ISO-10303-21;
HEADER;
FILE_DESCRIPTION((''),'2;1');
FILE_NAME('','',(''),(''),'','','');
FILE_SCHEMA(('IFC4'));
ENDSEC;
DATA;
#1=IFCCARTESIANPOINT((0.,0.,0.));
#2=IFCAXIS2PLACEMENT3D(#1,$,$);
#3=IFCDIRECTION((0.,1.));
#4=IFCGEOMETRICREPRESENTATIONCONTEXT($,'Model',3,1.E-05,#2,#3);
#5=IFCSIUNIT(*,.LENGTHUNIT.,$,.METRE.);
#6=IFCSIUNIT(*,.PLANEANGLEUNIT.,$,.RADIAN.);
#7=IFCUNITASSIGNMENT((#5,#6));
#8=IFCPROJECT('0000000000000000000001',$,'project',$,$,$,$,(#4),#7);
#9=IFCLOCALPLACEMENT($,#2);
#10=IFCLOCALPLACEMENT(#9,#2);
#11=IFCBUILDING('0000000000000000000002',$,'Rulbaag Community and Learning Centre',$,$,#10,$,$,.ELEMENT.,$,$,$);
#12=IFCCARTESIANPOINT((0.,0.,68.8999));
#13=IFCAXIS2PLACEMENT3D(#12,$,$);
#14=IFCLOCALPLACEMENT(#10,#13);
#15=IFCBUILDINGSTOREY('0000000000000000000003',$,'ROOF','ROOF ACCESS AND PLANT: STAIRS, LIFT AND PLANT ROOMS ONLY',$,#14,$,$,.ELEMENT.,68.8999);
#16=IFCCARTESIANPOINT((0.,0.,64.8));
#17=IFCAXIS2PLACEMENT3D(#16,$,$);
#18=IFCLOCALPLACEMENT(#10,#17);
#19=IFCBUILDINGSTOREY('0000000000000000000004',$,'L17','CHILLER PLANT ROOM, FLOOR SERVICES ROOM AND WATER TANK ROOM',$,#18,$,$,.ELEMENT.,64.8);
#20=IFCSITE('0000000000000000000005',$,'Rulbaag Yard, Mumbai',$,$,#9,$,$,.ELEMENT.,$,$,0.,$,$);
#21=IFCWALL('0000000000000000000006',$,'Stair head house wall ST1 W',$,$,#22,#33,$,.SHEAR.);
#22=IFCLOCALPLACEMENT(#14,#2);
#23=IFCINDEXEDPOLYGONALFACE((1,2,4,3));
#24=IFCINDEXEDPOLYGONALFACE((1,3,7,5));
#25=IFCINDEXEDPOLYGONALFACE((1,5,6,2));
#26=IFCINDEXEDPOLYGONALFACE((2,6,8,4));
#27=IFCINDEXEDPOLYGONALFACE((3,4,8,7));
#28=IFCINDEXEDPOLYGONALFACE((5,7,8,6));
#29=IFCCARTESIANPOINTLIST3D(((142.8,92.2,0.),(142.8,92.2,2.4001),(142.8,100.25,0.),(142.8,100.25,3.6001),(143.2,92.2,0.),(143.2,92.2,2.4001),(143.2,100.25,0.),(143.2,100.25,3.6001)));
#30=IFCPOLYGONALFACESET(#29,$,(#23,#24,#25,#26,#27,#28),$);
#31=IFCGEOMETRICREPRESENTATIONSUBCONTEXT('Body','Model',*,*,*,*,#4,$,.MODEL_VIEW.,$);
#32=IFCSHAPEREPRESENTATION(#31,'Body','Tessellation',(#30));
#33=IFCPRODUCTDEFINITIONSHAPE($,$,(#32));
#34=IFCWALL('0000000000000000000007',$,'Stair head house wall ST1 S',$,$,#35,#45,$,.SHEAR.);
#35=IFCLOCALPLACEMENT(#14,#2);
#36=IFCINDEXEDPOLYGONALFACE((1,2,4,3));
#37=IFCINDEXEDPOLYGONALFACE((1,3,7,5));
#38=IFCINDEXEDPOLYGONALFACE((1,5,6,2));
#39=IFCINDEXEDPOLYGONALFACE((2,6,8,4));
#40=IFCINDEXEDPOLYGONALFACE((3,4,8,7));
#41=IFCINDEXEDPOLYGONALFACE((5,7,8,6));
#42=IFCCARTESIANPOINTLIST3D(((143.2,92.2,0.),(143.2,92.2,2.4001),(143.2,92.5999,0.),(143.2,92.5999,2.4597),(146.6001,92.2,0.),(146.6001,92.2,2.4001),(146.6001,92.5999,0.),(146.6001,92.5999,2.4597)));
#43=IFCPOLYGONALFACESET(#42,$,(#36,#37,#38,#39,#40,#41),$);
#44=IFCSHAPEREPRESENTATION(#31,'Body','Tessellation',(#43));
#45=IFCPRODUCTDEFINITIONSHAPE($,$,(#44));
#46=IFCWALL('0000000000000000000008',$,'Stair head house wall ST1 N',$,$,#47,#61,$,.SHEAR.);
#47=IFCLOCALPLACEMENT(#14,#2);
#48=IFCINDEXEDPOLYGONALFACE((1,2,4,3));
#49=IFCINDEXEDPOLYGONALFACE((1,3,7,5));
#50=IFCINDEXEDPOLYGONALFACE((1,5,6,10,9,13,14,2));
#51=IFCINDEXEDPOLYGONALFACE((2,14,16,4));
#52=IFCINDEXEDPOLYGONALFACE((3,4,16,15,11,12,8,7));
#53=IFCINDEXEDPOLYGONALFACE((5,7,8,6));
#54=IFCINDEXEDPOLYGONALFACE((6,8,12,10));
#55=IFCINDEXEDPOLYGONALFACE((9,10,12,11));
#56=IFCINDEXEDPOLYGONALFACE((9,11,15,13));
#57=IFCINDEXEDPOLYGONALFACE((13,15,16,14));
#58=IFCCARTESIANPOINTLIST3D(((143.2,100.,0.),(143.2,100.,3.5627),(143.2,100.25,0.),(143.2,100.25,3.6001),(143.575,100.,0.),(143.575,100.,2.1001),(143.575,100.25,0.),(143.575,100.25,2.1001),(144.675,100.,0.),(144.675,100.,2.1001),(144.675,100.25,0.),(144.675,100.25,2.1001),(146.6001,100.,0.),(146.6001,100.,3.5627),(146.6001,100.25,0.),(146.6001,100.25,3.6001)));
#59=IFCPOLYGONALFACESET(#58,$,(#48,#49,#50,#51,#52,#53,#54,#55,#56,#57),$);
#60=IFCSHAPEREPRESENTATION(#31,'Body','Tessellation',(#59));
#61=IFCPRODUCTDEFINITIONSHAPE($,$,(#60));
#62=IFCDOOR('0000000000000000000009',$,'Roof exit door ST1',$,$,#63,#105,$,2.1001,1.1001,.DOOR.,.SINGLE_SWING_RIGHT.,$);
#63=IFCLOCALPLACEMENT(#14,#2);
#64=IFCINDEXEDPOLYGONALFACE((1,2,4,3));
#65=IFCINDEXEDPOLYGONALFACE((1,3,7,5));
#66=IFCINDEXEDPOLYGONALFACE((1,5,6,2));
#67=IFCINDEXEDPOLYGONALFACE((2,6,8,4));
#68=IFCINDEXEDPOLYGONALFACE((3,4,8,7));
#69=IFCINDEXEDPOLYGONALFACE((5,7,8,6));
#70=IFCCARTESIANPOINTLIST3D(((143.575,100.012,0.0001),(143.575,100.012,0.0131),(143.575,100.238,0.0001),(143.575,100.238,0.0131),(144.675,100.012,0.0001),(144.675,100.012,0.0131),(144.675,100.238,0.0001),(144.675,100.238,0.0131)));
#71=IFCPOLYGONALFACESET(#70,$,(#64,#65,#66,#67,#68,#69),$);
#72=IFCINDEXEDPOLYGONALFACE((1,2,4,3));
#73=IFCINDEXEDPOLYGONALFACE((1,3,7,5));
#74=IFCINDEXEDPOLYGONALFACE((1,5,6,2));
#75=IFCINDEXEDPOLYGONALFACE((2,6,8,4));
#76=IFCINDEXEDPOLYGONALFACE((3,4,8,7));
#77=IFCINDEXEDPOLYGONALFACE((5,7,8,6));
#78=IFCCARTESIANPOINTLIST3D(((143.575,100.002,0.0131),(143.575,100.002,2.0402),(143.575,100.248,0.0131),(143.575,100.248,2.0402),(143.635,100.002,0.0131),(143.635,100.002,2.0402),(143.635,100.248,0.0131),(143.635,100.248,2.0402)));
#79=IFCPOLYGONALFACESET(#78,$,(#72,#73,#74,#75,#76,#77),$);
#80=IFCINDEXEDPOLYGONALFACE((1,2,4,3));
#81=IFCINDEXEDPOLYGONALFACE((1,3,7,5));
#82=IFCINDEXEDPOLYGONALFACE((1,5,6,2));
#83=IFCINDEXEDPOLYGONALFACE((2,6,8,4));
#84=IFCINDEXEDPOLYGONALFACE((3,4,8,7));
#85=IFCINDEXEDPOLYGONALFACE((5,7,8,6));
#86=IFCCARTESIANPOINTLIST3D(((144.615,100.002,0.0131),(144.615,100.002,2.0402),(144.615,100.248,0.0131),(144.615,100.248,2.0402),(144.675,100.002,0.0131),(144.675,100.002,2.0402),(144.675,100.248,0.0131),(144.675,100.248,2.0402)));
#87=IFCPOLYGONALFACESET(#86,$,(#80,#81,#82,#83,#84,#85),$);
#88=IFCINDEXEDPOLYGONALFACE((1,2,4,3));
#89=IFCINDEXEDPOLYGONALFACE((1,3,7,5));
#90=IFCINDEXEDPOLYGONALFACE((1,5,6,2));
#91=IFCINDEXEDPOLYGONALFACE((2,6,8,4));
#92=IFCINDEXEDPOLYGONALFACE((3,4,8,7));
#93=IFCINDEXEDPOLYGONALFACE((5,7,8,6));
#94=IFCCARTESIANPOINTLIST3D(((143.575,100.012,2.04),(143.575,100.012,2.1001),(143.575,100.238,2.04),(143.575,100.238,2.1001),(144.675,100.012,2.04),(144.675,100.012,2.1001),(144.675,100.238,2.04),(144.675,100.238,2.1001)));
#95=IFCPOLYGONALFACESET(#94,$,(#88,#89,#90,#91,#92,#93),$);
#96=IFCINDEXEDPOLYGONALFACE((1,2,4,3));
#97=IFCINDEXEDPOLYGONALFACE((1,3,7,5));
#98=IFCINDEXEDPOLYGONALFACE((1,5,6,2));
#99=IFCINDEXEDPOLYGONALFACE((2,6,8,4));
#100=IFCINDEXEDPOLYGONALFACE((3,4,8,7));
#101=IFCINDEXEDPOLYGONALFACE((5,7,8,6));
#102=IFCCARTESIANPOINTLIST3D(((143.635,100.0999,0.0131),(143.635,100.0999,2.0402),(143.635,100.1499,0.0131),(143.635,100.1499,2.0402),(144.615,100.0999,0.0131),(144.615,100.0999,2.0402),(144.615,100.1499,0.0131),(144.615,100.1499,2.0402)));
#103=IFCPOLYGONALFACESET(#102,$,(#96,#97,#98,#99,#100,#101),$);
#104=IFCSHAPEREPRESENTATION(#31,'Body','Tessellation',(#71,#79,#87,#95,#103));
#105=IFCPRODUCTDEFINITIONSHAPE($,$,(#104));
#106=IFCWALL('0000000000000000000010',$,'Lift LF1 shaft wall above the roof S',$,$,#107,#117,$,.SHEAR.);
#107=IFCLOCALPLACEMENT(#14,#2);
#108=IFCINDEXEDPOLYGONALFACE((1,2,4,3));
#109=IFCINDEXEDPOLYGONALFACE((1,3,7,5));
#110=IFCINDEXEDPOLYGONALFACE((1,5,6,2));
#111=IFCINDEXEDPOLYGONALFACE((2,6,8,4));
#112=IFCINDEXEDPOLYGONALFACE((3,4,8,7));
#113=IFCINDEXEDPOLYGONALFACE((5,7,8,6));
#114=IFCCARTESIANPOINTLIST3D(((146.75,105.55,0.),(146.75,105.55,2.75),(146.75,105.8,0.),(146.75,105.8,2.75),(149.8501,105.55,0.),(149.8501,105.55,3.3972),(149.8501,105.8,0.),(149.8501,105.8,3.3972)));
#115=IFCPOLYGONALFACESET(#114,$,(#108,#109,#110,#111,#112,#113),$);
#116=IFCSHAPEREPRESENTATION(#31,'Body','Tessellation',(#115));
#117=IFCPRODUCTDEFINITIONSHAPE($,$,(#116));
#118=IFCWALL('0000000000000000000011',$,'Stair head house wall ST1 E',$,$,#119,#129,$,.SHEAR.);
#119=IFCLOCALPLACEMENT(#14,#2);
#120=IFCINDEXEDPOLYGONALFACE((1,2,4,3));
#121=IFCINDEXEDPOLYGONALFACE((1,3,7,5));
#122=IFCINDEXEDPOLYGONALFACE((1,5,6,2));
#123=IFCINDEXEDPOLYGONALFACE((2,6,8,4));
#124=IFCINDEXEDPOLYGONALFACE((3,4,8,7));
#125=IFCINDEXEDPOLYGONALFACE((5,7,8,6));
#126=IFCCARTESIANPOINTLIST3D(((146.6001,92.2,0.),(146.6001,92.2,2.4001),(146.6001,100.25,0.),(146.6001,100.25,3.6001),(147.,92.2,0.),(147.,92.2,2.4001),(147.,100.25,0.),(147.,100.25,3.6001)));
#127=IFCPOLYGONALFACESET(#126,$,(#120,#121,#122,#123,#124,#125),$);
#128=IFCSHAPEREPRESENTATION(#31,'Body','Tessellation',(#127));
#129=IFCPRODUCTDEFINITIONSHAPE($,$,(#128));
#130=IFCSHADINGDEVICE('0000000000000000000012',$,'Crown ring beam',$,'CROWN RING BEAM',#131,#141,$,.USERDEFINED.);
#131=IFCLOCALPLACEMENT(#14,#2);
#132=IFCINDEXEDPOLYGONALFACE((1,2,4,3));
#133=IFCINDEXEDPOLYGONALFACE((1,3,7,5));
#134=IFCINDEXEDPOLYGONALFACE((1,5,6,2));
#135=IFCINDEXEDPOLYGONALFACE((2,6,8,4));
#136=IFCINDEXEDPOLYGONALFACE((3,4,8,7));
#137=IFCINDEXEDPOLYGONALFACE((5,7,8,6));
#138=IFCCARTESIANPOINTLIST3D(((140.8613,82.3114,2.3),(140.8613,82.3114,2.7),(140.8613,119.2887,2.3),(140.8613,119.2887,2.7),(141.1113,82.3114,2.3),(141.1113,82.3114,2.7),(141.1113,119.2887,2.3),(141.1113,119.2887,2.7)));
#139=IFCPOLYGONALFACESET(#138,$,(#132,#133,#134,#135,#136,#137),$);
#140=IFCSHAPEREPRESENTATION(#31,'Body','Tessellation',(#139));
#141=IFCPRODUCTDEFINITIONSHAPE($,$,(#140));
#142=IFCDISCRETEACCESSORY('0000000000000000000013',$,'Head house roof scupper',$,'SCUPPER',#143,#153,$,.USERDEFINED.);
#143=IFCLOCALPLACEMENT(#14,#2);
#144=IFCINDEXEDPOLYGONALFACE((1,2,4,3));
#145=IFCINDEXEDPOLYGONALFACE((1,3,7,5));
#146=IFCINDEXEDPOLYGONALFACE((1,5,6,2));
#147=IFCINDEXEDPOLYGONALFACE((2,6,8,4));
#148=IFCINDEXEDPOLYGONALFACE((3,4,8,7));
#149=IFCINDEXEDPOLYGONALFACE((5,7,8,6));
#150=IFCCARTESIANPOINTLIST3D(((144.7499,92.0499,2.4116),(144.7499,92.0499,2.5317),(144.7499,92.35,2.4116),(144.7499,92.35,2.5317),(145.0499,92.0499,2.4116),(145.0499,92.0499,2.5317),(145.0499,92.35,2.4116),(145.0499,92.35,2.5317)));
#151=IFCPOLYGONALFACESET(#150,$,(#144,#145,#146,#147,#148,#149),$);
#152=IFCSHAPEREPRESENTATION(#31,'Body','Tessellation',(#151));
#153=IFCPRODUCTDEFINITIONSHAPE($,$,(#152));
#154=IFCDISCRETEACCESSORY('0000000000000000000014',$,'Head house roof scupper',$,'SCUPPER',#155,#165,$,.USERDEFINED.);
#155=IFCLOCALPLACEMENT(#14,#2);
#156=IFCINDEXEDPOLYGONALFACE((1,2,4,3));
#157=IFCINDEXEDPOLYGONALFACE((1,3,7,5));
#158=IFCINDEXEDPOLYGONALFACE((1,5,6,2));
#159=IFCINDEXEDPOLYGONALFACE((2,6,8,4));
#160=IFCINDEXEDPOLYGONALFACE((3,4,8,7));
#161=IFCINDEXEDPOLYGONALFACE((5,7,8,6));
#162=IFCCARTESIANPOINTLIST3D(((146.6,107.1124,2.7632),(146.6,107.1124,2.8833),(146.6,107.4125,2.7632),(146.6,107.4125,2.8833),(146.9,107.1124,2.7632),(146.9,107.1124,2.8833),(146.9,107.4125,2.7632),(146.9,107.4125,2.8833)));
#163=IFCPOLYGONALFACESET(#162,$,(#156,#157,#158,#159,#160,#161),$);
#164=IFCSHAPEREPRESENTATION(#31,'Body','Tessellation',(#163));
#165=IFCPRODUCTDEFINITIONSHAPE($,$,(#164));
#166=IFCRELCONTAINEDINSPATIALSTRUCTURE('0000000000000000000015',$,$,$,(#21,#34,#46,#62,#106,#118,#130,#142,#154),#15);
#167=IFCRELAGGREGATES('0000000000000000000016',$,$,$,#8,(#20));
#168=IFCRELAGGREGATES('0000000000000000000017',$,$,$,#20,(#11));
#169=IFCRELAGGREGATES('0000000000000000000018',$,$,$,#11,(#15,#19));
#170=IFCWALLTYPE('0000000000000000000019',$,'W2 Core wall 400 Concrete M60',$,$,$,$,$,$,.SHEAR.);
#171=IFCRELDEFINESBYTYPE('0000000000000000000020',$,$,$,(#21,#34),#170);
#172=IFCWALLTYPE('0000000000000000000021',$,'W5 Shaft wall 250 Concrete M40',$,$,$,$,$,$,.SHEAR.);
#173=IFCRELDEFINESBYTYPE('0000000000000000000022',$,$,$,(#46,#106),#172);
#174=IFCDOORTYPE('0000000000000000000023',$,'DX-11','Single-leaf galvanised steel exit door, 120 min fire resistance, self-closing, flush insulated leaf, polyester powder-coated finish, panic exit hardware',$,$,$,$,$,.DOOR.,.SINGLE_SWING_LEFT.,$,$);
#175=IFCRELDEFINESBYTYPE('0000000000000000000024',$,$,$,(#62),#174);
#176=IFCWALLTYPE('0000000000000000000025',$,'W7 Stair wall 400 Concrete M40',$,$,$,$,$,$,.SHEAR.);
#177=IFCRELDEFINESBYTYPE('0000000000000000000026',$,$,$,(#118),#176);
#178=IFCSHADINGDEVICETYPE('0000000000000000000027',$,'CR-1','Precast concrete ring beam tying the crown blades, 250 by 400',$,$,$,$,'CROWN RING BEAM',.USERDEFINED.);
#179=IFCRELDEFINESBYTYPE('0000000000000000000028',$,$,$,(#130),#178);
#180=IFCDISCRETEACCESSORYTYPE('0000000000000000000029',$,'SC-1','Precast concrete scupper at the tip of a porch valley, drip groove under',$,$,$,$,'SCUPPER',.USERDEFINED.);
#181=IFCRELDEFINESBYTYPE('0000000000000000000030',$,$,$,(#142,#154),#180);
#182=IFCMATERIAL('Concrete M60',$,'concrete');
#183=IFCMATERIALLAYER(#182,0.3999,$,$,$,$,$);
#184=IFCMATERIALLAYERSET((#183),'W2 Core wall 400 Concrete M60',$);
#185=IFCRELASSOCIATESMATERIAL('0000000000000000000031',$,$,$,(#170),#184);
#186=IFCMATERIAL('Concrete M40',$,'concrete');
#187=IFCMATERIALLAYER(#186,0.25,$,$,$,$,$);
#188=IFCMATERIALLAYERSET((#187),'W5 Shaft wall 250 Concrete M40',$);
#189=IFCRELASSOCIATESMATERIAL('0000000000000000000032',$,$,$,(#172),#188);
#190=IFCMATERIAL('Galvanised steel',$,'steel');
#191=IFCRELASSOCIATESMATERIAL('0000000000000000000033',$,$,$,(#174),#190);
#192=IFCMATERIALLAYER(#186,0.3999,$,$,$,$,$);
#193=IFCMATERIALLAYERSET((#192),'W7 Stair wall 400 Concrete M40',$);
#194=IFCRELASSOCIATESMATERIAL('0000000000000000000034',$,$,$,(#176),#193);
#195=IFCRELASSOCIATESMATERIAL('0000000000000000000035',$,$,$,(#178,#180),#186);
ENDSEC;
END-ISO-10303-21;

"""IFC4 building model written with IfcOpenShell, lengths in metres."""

from ifc_helpers import new_model, si_unit, direction, frame, frame_2d, origin, origin_2d, place, context, subcontext, project, spatial, polyline, rectangle, outline, extrude, material, layer, layer_set, type_object, element, fill, save


model = new_model("IFC4")

# Units and contexts
model_context = context("Model", 3, precision=1e-05, world=origin(), true_north=direction((0.0, 1.0)))
body_context = subcontext(model_context, "Body", "Model", "MODEL_VIEW")
ifc_project = project(units=[si_unit("LENGTHUNIT", "METRE"), si_unit("PLANEANGLEUNIT", "RADIAN")], contexts=[model_context])

# Site, building, storey
site_placement = place(None, origin())
site = spatial("IfcSite", under=ifc_project, at=site_placement, Name="Rulbaag Yard, Mumbai", CompositionType="ELEMENT", RefElevation=0.0)
building_placement = place(site_placement, origin())
building = spatial("IfcBuilding", under=site, at=building_placement, Name="Rulbaag Community and Learning Centre", CompositionType="ELEMENT")
storey_1_placement = place(building_placement, frame((0.0, 0.0, 68.8999)))
storey_1 = spatial("IfcBuildingStorey", under=building, at=storey_1_placement, Name="ROOF", Description="ROOF ACCESS AND PLANT: STAIRS, LIFT AND PLANT ROOMS ONLY", CompositionType="ELEMENT", Elevation=68.8999)

# Shared definitions
ifc_material_1 = material(Name="Concrete M40", Category="concrete")

# Shared definitions
storey_2_placement = place(building_placement, frame((0.0, 0.0, 64.8)))
storey_2 = spatial("IfcBuildingStorey", under=building, at=storey_2_placement, Name="L17", Description="CHILLER PLANT ROOM, FLOOR SERVICES ROOM AND WATER TANK ROOM", CompositionType="ELEMENT", Elevation=64.8)

# Walls
ifc_material_2 = material(Name="Concrete M60", Category="concrete")
ifc_layer_1 = layer(ifc_material_2, 0.3999)
ifc_layer_set_1 = layer_set([ifc_layer_1], Name="W2 Core wall 400 Concrete M60")
wall_type_1 = type_object("IfcWallType", Name="W2 Core wall 400 Concrete M60", PredefinedType="SHEAR", material=ifc_layer_set_1)
wall_1_placement = place(storey_1_placement, frame((143.0, 92.2, 0.0), z_axis=(0.0, 0.0, 1.0), x_axis=(0.0, 1.0, 0.0)))
element("IfcWall", 1, at=wall_1_placement, inside=storey_1, type_object=wall_type_1, Name="Stair head house wall ST1 W", PredefinedType="SHEAR", context=body_context, shape_type="SweptSolid", body=[
    extrude(outline(polyline([(0.0, 0.0), (8.05, 0.0), (8.05, 3.6001), (0.0, 2.4001), (0.0, 0.0)])), frame((0.0, 0.2, 0.0), z_axis=(0.0, -1.0, 0.0), x_axis=(1.0, 0.0, 0.0)), (0.0, 0.0, 1.0), 0.3999),
])
wall_2_placement = place(storey_1_placement, frame((143.2, 92.3999, 0.0), z_axis=(0.0, 0.0, 1.0), x_axis=(1.0, 0.0, 0.0)))
element("IfcWall", 2, at=wall_2_placement, inside=storey_1, type_object=wall_type_1, Name="Stair head house wall ST1 S", PredefinedType="SHEAR", context=body_context, shape_type="SweptSolid", body=[
    extrude(outline(polyline([(-0.2, 0.0), (0.2, 0.0), (0.2, 2.4597), (-0.2, 2.4001), (-0.2, 0.0)])), frame((0.0, 0.0, 0.0), z_axis=(1.0, 0.0, 0.0), x_axis=(0.0, 1.0, 0.0)), (0.0, 0.0, 1.0), 3.4001),
])

# Wall, opening, door
ifc_layer_2 = layer(ifc_material_1, 0.25)
ifc_layer_set_2 = layer_set([ifc_layer_2], Name="W5 Shaft wall 250 Concrete M40")
wall_type_2 = type_object("IfcWallType", Name="W5 Shaft wall 250 Concrete M40", PredefinedType="SHEAR", material=ifc_layer_set_2)
wall_3_placement = place(storey_1_placement, frame((143.2, 100.125, 0.0), z_axis=(0.0, 0.0, 1.0), x_axis=(1.0, 0.0, 0.0)))
wall_3 = element("IfcWall", 3, at=wall_3_placement, inside=storey_1, type_object=wall_type_2, Name="Stair head house wall ST1 N", PredefinedType="SHEAR", context=body_context, shape_type="SweptSolid", body=[
    extrude(outline(polyline([(-0.125, 0.0), (0.125, 0.0), (0.125, 3.6001), (-0.125, 3.5627), (-0.125, 0.0)])), frame((0.0, 0.0, 0.0), z_axis=(1.0, 0.0, 0.0), x_axis=(0.0, 1.0, 0.0)), (0.0, 0.0, 1.0), 3.4001),
])
opening_1_placement = place(wall_3_placement, frame((0.375, 0.0, 0.0)))
opening_1 = element("IfcOpeningElement", 4, at=opening_1_placement, cuts=wall_3, PredefinedType="OPENING", context=body_context, shape_type="SweptSolid", body=[
    extrude(rectangle(XDim=1.1001, YDim=2.1001, at=frame_2d((0.55, 1.05))), frame((0.0, 0.135, 0.0), z_axis=(0.0, -1.0, 0.0), x_axis=(1.0, 0.0, 0.0)), (0.0, 0.0, 1.0), 0.27),
])
ifc_material_3 = material(Name="Galvanised steel", Category="steel")
door_type = type_object("IfcDoorType", Name="DX-11", Description="Single-leaf galvanised steel exit door, 120 min fire resistance, self-closing, flush insulated leaf, polyester powder-coated finish, panic exit hardware", OperationType="SINGLE_SWING_LEFT", PredefinedType="DOOR", material=ifc_material_3)
door_placement = place(opening_1_placement, origin())
door = element("IfcDoor", 5, at=door_placement, inside=storey_1, type_object=door_type, Name="Roof exit door ST1", OperationType="SINGLE_SWING_RIGHT", OverallHeight=2.1001, OverallWidth=1.1001, PredefinedType="DOOR", context=body_context, shape_type="SweptSolid", body=[
    extrude(rectangle(XDim=1.1001, YDim=0.0129, at=frame_2d((0.55, 0.0066))), frame((0.0, 0.113, 0.0), z_axis=(0.0, -1.0, 0.0), x_axis=(1.0, 0.0, 0.0)), (0.0, 0.0, 1.0), 0.2261),
    extrude(rectangle(XDim=0.0601, YDim=2.0271, at=frame_2d((0.03, 1.0266))), frame((0.0, 0.123, 0.0), z_axis=(0.0, -1.0, 0.0), x_axis=(1.0, 0.0, 0.0)), (0.0, 0.0, 1.0), 0.2461),
    extrude(rectangle(XDim=0.0601, YDim=2.0271, at=frame_2d((1.0701, 1.0266))), frame((0.0, 0.123, 0.0), z_axis=(0.0, -1.0, 0.0), x_axis=(1.0, 0.0, 0.0)), (0.0, 0.0, 1.0), 0.2461),
    extrude(rectangle(XDim=1.1001, YDim=0.0601, at=frame_2d((0.55, 2.0701))), frame((0.0, 0.113, 0.0), z_axis=(0.0, -1.0, 0.0), x_axis=(1.0, 0.0, 0.0)), (0.0, 0.0, 1.0), 0.2261),
    extrude(rectangle(XDim=0.98, YDim=2.0271, at=frame_2d((0.55, 1.0266))), frame((0.0, 0.0249, 0.0), z_axis=(0.0, -1.0, 0.0), x_axis=(1.0, 0.0, 0.0)), (0.0, 0.0, 1.0), 0.05),
])
fill(opening_1, door)

# Walls
wall_4_placement = place(storey_1_placement, frame((146.75, 105.675, 0.0), z_axis=(0.0, 0.0, 1.0), x_axis=(1.0, 0.0, 0.0)))
element("IfcWall", 6, at=wall_4_placement, inside=storey_1, type_object=wall_type_2, Name="Lift LF1 shaft wall above the roof S", PredefinedType="SHEAR", context=body_context, shape_type="SweptSolid", body=[
    extrude(outline(polyline([(0.0, 0.0), (3.1001, 0.0), (3.1001, 3.3972), (0.0, 2.75), (0.0, 0.0)])), frame((0.0, 0.125, 0.0), z_axis=(0.0, -1.0, 0.0), x_axis=(1.0, 0.0, 0.0)), (0.0, 0.0, 1.0), 0.25),
])
ifc_layer_3 = layer(ifc_material_1, 0.3999)
ifc_layer_set_3 = layer_set([ifc_layer_3], Name="W7 Stair wall 400 Concrete M40")
wall_type_3 = type_object("IfcWallType", Name="W7 Stair wall 400 Concrete M40", PredefinedType="SHEAR", material=ifc_layer_set_3)
wall_5_placement = place(storey_1_placement, frame((146.8, 92.2, 0.0), z_axis=(0.0, 0.0, 1.0), x_axis=(0.0, 1.0, 0.0)))
element("IfcWall", 7, at=wall_5_placement, inside=storey_1, type_object=wall_type_3, Name="Stair head house wall ST1 E", PredefinedType="SHEAR", context=body_context, shape_type="SweptSolid", body=[
    extrude(outline(polyline([(0.0, 0.0), (8.05, 0.0), (8.05, 3.6001), (0.0, 2.4001), (0.0, 0.0)])), frame((0.0, 0.2, 0.0), z_axis=(0.0, -1.0, 0.0), x_axis=(1.0, 0.0, 0.0)), (0.0, 0.0, 1.0), 0.3999),
])

# Shading device
shading_device_type = type_object("IfcShadingDeviceType", Name="CR-1", Description="Precast concrete ring beam tying the crown blades, 250 by 400", ElementType="CROWN RING BEAM", PredefinedType="USERDEFINED", material=ifc_material_1)
shading_device_placement = place(storey_1_placement, frame((140.9863, 100.8, 2.3), z_axis=(0.0, 0.0, 1.0), x_axis=(1.0, 0.0, 0.0)))
element("IfcShadingDevice", 8, at=shading_device_placement, inside=storey_1, type_object=shading_device_type, Name="Crown ring beam", ObjectType="CROWN RING BEAM", PredefinedType="USERDEFINED", context=body_context, shape_type="SweptSolid", body=[
    extrude(rectangle(XDim=0.25, YDim=36.9773, at=origin_2d()), origin(), (0.0, 0.0, 1.0), 0.3999),
])

# Discrete accessories
discrete_accessory_type = type_object("IfcDiscreteAccessoryType", Name="SC-1", Description="Precast concrete scupper at the tip of a porch valley, drip groove under", ElementType="SCUPPER", PredefinedType="USERDEFINED", material=ifc_material_1)
for number, where, z_axis, x_axis, name in (
    (9, (144.8999, 92.2, 2.4116), (0.0, 0.0, 1.0), (1.0, 0.0, 0.0), "Head house roof scupper"),
    (10, (146.75, 107.2625, 2.7632), (0.0, 0.0, 1.0), (1.0, 0.0, 0.0), "Head house roof scupper"),
):
    element("IfcDiscreteAccessory", number, at=place(storey_1_placement, frame(where, z_axis=z_axis, x_axis=x_axis)), inside=storey_1, type_object=discrete_accessory_type, Name=name, ObjectType="SCUPPER", PredefinedType="USERDEFINED", context=body_context, shape_type="SweptSolid", body=[
        extrude(rectangle(XDim=0.3, YDim=0.3, at=origin_2d()), origin(), (0.0, 0.0, 1.0), 0.1201),
    ])

save(model, "model.ifc")
